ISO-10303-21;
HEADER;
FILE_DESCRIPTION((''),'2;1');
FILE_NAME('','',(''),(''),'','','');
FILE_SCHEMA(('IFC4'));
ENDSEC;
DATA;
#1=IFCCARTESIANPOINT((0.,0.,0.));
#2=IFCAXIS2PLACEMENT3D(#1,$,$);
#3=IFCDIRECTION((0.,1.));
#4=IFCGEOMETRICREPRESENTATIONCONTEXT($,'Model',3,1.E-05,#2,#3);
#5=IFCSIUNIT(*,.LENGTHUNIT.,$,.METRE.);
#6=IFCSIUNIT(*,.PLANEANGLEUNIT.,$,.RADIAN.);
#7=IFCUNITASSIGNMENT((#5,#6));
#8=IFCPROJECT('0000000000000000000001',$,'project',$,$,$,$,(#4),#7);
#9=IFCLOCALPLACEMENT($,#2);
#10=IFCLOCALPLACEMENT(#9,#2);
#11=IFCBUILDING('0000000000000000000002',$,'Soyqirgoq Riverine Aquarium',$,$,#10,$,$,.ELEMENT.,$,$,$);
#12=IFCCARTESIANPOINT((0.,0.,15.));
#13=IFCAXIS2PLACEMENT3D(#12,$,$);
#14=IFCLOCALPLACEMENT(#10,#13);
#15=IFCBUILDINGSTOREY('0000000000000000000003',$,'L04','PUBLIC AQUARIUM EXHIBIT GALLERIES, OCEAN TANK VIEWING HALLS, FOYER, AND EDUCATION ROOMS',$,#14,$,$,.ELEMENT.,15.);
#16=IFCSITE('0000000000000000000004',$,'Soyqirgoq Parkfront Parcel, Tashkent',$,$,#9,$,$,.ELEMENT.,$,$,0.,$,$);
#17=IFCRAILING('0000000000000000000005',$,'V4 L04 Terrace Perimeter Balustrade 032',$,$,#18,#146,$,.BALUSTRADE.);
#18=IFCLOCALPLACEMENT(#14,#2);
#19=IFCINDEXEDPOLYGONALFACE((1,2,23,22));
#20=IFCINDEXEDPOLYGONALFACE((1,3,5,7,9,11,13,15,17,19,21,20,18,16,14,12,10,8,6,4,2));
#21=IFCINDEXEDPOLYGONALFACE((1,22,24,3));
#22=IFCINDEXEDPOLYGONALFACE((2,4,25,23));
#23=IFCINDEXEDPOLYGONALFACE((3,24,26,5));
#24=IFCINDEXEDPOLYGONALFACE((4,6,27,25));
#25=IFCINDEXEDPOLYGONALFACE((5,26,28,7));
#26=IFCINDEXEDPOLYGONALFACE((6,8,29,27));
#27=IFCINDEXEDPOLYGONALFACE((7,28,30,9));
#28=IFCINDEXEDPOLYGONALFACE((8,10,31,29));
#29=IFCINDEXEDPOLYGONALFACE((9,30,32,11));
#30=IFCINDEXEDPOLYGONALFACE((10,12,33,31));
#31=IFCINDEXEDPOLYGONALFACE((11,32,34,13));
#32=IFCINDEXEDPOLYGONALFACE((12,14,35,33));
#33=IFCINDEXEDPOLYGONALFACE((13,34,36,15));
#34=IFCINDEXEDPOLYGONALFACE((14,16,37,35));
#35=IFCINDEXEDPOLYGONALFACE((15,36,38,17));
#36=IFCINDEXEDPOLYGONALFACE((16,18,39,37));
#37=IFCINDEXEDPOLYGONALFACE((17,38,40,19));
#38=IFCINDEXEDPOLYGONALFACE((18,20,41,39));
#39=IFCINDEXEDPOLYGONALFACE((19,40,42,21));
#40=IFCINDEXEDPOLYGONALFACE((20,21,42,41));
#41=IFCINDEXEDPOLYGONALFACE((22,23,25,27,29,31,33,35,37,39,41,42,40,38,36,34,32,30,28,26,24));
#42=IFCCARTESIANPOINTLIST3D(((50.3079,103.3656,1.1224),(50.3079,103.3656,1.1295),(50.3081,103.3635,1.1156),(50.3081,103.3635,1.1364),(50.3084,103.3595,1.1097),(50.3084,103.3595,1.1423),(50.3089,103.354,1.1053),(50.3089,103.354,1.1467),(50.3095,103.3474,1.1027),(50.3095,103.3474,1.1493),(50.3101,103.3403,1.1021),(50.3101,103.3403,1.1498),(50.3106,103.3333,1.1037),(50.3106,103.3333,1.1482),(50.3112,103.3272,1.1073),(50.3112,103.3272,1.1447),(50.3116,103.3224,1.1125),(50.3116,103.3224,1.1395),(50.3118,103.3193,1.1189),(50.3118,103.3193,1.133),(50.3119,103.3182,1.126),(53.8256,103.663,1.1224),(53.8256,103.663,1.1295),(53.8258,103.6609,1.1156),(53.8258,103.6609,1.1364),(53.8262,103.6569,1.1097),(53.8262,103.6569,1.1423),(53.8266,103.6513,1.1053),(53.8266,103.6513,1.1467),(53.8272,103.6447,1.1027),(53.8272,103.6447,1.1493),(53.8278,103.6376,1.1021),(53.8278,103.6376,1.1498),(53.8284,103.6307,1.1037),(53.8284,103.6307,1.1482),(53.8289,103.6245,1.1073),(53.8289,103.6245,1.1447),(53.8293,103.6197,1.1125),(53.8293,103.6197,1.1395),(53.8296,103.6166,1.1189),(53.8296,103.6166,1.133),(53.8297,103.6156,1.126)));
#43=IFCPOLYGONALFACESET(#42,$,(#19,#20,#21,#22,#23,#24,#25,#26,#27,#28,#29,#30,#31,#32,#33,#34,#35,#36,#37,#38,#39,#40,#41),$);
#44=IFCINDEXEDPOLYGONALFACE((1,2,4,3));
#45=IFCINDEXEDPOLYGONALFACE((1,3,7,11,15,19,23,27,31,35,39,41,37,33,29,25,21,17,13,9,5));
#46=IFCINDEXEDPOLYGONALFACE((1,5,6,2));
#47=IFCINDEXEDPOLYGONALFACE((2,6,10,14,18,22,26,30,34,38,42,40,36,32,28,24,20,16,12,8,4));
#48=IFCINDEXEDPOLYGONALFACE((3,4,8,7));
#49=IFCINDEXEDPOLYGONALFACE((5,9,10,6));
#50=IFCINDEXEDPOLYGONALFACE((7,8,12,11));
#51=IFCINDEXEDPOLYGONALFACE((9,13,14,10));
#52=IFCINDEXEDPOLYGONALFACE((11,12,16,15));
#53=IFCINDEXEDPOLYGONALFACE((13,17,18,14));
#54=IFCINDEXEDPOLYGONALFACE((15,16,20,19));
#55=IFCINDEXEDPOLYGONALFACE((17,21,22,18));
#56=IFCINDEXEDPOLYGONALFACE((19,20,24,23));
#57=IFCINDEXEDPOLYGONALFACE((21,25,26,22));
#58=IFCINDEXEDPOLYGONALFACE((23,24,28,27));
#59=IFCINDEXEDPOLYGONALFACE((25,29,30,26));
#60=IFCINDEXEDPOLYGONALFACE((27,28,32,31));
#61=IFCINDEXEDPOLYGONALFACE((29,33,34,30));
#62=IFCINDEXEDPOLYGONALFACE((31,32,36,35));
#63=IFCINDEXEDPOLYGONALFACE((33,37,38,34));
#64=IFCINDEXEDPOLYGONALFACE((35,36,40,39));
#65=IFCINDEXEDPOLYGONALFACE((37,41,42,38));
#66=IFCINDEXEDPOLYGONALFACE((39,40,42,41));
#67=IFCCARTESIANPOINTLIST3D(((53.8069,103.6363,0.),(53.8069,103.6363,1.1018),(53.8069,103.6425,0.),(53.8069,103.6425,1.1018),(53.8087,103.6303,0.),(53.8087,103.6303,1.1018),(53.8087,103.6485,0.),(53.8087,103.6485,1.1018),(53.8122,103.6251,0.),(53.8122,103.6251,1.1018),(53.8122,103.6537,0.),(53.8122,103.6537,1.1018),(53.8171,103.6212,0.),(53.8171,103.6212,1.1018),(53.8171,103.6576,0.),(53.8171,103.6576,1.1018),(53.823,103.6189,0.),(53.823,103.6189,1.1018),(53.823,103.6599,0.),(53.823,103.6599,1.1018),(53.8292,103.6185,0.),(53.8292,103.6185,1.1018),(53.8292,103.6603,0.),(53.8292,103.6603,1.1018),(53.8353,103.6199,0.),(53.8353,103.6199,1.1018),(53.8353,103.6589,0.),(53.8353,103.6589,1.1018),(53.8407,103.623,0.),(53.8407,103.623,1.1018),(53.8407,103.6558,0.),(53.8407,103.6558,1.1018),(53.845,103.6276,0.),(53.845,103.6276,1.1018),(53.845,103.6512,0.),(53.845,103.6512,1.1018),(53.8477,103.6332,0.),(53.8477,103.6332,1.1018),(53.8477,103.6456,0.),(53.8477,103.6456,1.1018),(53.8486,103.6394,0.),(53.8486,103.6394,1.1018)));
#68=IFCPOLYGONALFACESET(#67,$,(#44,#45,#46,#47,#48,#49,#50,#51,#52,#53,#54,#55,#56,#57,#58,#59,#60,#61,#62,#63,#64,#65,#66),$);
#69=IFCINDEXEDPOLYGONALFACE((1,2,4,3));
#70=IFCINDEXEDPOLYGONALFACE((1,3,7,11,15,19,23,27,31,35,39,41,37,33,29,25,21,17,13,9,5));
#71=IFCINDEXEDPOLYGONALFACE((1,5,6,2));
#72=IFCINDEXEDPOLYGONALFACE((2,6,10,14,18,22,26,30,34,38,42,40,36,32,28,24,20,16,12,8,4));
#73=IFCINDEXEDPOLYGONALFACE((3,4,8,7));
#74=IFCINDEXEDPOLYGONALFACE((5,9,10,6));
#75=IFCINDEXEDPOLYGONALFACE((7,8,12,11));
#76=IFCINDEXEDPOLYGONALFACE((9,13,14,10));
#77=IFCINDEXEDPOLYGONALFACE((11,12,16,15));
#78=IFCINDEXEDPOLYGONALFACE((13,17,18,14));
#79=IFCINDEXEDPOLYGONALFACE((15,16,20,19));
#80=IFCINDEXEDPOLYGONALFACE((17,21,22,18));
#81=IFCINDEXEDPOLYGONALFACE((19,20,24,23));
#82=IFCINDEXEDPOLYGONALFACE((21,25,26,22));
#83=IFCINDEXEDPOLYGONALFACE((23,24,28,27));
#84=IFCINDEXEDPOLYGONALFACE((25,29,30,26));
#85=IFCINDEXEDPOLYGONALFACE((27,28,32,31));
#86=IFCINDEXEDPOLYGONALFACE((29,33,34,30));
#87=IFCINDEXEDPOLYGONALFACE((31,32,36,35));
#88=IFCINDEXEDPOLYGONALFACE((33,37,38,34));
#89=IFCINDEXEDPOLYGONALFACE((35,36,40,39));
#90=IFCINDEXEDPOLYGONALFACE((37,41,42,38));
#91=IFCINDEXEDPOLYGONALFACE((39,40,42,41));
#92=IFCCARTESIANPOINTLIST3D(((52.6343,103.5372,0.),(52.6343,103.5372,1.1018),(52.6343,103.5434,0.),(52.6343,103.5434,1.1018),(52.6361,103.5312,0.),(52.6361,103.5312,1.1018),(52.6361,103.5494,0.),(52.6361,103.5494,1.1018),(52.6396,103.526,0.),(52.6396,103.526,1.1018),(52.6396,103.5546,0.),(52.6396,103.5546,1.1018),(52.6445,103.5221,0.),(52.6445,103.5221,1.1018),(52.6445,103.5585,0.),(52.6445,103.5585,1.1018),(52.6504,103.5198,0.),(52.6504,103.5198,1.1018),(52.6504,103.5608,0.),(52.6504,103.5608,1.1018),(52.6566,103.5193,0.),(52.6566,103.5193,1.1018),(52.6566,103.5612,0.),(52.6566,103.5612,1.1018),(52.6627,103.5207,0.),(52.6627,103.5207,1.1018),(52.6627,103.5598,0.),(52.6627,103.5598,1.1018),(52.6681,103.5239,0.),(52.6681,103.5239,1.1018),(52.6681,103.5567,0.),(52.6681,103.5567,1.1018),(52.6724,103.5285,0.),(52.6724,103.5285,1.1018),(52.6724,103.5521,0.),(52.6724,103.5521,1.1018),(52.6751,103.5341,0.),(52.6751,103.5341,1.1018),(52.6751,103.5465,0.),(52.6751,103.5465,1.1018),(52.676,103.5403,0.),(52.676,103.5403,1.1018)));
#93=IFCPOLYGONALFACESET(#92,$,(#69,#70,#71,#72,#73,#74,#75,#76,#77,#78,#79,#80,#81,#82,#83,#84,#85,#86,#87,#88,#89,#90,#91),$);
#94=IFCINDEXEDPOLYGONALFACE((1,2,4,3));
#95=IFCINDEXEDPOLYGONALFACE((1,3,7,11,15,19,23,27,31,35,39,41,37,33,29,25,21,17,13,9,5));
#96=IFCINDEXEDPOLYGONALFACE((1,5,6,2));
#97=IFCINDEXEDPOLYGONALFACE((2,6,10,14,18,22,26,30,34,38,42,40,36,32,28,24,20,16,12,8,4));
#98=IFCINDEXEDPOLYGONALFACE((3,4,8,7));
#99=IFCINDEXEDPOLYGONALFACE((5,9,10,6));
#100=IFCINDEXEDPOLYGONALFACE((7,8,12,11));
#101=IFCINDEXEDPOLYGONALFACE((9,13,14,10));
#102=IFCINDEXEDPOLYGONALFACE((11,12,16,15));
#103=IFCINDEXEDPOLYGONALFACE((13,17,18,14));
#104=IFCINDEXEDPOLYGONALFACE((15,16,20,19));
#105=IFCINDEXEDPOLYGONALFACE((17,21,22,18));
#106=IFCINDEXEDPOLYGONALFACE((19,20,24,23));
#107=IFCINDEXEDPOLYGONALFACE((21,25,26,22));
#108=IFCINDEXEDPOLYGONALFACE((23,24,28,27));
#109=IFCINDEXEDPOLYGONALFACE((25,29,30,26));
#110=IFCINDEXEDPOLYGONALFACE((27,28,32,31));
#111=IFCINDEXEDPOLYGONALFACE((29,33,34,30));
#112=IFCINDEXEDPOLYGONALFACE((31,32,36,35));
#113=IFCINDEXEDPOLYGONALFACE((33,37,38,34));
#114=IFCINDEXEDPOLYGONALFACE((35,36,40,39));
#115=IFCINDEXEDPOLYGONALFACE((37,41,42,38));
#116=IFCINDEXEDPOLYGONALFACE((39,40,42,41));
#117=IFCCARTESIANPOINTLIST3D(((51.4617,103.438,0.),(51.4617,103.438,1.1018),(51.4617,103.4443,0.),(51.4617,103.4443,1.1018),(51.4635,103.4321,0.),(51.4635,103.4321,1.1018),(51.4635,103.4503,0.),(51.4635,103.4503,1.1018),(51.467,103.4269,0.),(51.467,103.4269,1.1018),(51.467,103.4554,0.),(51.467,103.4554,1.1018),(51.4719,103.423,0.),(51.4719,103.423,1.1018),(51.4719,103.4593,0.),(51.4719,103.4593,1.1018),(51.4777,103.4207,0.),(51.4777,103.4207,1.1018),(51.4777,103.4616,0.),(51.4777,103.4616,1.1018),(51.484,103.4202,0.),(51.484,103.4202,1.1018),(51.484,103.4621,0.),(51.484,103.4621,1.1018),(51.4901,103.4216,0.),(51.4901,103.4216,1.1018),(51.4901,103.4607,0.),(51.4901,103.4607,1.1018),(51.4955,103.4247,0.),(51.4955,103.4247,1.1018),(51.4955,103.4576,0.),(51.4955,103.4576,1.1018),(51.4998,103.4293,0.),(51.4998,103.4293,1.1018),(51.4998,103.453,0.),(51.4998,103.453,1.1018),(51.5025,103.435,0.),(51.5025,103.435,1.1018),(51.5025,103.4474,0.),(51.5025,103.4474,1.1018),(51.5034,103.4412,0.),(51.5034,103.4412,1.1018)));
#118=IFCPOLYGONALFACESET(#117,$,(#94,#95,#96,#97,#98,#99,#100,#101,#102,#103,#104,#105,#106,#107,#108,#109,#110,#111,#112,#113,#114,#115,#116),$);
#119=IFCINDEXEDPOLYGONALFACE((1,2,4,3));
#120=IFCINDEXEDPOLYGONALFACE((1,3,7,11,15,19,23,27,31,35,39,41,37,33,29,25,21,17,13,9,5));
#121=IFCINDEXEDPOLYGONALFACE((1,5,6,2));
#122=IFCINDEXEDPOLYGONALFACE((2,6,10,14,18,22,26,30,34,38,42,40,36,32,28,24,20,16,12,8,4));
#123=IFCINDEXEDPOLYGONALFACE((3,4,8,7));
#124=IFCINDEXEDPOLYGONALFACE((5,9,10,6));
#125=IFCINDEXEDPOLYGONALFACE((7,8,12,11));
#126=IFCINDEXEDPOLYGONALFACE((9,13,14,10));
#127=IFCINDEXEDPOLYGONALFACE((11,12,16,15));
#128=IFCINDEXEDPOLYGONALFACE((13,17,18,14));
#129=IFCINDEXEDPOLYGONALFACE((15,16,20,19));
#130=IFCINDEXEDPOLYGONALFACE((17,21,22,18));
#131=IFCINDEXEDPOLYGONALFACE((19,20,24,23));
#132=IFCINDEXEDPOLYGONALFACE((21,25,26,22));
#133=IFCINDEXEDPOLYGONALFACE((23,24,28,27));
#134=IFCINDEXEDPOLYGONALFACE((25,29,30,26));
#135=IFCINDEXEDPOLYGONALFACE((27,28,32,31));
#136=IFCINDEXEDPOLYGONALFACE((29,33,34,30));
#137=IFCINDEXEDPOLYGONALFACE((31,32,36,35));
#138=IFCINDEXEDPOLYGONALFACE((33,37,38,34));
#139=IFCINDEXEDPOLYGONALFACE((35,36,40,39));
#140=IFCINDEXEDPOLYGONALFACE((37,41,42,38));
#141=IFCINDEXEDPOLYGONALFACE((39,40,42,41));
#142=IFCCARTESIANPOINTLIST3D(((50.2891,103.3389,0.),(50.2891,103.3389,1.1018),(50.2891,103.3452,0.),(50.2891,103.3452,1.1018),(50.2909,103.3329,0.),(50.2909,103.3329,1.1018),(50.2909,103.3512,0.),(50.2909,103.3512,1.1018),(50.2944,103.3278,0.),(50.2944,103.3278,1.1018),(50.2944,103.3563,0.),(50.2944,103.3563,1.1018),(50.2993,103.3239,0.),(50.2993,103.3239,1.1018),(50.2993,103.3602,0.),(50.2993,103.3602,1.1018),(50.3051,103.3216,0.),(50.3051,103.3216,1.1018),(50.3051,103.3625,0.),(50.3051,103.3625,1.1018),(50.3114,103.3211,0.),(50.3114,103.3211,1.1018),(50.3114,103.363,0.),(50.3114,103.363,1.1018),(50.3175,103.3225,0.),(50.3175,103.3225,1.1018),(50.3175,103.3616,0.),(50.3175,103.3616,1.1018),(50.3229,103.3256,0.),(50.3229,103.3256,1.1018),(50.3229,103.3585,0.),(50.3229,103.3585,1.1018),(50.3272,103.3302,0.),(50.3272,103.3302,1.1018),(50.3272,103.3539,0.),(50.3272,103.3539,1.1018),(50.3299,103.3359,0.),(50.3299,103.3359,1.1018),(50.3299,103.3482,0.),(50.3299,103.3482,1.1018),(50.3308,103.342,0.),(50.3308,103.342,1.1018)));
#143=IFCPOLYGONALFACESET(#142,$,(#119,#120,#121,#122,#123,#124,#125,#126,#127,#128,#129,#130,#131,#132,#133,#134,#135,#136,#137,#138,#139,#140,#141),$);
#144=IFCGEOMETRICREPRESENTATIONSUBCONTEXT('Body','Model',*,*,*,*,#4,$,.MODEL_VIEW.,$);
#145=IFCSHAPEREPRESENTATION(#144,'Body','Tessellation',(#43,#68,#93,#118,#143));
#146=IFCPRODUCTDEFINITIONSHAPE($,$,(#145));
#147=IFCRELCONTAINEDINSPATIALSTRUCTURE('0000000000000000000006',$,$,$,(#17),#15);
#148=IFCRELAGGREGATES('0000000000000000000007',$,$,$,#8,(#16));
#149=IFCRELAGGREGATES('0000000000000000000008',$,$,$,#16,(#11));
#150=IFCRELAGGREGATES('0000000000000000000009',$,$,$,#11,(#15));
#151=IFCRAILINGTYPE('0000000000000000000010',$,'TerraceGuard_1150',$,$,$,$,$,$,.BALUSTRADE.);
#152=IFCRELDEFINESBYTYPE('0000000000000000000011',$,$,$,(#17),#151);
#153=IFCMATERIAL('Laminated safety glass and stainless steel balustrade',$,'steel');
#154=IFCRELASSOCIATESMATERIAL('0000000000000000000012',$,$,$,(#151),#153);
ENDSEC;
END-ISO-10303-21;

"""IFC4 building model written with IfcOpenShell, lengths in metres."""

from ifc_helpers import new_model, si_unit, direction, frame, origin, origin_2d, place, context, subcontext, project, spatial, circle, extrude, material, type_object, element, save


model = new_model("IFC4")

# Units and contexts
model_context = context("Model", 3, precision=1e-05, world=origin(), true_north=direction((0.0, 1.0)))
body_context = subcontext(model_context, "Body", "Model", "MODEL_VIEW")
ifc_project = project(units=[si_unit("LENGTHUNIT", "METRE"), si_unit("PLANEANGLEUNIT", "RADIAN")], contexts=[model_context])

# Site, building, storey
site_placement = place(None, origin())
site = spatial("IfcSite", under=ifc_project, at=site_placement, Name="Soyqirgoq Parkfront Parcel, Tashkent", CompositionType="ELEMENT", RefElevation=0.0)
building_placement = place(site_placement, origin())
building = spatial("IfcBuilding", under=site, at=building_placement, Name="Soyqirgoq Riverine Aquarium", CompositionType="ELEMENT")
storey_placement = place(building_placement, frame((0.0, 0.0, 15.0)))
storey = spatial("IfcBuildingStorey", under=building, at=storey_placement, Name="L04", Description="PUBLIC AQUARIUM EXHIBIT GALLERIES, OCEAN TANK VIEWING HALLS, FOYER, AND EDUCATION ROOMS", CompositionType="ELEMENT", Elevation=15.0)

# Railing
ifc_material_1 = material(Name="Laminated safety glass and stainless steel balustrade", Category="steel")
railing_type = type_object("IfcRailingType", Name="TerraceGuard_1150", PredefinedType="BALUSTRADE", material=ifc_material_1)
railing_1_placement = place(storey_placement, frame((53.8276, 103.6394, 0.0)))
element("IfcRailing", 1, at=railing_1_placement, inside=storey, type_object=railing_type, Name="V4 L04 Terrace Perimeter Balustrade 032", PredefinedType="BALUSTRADE", context=body_context, shape_type="SweptSolid", body=[
    extrude(circle(Radius=0.0239, at=origin_2d()), frame((0.0, 0.0, 1.126), z_axis=(-0.996446, -0.08423, 0.0), x_axis=(0.08423, -0.996446, 0.0)), (0.0, 0.0, 1.0), 3.5303),
    extrude(circle(Radius=0.021, at=origin_2d()), origin(), (0.0, 0.0, 1.0), 1.1018),
    extrude(circle(Radius=0.021, at=origin_2d()), frame((-1.1726, -0.0991, 0.0)), (0.0, 0.0, 1.0), 1.1018),
    extrude(circle(Radius=0.021, at=origin_2d()), frame((-2.3452, -0.1982, 0.0)), (0.0, 0.0, 1.0), 1.1018),
    extrude(circle(Radius=0.021, at=origin_2d()), frame((-3.5178, -0.2974, 0.0)), (0.0, 0.0, 1.0), 1.1018),
])

save(model, "model.ifc")
